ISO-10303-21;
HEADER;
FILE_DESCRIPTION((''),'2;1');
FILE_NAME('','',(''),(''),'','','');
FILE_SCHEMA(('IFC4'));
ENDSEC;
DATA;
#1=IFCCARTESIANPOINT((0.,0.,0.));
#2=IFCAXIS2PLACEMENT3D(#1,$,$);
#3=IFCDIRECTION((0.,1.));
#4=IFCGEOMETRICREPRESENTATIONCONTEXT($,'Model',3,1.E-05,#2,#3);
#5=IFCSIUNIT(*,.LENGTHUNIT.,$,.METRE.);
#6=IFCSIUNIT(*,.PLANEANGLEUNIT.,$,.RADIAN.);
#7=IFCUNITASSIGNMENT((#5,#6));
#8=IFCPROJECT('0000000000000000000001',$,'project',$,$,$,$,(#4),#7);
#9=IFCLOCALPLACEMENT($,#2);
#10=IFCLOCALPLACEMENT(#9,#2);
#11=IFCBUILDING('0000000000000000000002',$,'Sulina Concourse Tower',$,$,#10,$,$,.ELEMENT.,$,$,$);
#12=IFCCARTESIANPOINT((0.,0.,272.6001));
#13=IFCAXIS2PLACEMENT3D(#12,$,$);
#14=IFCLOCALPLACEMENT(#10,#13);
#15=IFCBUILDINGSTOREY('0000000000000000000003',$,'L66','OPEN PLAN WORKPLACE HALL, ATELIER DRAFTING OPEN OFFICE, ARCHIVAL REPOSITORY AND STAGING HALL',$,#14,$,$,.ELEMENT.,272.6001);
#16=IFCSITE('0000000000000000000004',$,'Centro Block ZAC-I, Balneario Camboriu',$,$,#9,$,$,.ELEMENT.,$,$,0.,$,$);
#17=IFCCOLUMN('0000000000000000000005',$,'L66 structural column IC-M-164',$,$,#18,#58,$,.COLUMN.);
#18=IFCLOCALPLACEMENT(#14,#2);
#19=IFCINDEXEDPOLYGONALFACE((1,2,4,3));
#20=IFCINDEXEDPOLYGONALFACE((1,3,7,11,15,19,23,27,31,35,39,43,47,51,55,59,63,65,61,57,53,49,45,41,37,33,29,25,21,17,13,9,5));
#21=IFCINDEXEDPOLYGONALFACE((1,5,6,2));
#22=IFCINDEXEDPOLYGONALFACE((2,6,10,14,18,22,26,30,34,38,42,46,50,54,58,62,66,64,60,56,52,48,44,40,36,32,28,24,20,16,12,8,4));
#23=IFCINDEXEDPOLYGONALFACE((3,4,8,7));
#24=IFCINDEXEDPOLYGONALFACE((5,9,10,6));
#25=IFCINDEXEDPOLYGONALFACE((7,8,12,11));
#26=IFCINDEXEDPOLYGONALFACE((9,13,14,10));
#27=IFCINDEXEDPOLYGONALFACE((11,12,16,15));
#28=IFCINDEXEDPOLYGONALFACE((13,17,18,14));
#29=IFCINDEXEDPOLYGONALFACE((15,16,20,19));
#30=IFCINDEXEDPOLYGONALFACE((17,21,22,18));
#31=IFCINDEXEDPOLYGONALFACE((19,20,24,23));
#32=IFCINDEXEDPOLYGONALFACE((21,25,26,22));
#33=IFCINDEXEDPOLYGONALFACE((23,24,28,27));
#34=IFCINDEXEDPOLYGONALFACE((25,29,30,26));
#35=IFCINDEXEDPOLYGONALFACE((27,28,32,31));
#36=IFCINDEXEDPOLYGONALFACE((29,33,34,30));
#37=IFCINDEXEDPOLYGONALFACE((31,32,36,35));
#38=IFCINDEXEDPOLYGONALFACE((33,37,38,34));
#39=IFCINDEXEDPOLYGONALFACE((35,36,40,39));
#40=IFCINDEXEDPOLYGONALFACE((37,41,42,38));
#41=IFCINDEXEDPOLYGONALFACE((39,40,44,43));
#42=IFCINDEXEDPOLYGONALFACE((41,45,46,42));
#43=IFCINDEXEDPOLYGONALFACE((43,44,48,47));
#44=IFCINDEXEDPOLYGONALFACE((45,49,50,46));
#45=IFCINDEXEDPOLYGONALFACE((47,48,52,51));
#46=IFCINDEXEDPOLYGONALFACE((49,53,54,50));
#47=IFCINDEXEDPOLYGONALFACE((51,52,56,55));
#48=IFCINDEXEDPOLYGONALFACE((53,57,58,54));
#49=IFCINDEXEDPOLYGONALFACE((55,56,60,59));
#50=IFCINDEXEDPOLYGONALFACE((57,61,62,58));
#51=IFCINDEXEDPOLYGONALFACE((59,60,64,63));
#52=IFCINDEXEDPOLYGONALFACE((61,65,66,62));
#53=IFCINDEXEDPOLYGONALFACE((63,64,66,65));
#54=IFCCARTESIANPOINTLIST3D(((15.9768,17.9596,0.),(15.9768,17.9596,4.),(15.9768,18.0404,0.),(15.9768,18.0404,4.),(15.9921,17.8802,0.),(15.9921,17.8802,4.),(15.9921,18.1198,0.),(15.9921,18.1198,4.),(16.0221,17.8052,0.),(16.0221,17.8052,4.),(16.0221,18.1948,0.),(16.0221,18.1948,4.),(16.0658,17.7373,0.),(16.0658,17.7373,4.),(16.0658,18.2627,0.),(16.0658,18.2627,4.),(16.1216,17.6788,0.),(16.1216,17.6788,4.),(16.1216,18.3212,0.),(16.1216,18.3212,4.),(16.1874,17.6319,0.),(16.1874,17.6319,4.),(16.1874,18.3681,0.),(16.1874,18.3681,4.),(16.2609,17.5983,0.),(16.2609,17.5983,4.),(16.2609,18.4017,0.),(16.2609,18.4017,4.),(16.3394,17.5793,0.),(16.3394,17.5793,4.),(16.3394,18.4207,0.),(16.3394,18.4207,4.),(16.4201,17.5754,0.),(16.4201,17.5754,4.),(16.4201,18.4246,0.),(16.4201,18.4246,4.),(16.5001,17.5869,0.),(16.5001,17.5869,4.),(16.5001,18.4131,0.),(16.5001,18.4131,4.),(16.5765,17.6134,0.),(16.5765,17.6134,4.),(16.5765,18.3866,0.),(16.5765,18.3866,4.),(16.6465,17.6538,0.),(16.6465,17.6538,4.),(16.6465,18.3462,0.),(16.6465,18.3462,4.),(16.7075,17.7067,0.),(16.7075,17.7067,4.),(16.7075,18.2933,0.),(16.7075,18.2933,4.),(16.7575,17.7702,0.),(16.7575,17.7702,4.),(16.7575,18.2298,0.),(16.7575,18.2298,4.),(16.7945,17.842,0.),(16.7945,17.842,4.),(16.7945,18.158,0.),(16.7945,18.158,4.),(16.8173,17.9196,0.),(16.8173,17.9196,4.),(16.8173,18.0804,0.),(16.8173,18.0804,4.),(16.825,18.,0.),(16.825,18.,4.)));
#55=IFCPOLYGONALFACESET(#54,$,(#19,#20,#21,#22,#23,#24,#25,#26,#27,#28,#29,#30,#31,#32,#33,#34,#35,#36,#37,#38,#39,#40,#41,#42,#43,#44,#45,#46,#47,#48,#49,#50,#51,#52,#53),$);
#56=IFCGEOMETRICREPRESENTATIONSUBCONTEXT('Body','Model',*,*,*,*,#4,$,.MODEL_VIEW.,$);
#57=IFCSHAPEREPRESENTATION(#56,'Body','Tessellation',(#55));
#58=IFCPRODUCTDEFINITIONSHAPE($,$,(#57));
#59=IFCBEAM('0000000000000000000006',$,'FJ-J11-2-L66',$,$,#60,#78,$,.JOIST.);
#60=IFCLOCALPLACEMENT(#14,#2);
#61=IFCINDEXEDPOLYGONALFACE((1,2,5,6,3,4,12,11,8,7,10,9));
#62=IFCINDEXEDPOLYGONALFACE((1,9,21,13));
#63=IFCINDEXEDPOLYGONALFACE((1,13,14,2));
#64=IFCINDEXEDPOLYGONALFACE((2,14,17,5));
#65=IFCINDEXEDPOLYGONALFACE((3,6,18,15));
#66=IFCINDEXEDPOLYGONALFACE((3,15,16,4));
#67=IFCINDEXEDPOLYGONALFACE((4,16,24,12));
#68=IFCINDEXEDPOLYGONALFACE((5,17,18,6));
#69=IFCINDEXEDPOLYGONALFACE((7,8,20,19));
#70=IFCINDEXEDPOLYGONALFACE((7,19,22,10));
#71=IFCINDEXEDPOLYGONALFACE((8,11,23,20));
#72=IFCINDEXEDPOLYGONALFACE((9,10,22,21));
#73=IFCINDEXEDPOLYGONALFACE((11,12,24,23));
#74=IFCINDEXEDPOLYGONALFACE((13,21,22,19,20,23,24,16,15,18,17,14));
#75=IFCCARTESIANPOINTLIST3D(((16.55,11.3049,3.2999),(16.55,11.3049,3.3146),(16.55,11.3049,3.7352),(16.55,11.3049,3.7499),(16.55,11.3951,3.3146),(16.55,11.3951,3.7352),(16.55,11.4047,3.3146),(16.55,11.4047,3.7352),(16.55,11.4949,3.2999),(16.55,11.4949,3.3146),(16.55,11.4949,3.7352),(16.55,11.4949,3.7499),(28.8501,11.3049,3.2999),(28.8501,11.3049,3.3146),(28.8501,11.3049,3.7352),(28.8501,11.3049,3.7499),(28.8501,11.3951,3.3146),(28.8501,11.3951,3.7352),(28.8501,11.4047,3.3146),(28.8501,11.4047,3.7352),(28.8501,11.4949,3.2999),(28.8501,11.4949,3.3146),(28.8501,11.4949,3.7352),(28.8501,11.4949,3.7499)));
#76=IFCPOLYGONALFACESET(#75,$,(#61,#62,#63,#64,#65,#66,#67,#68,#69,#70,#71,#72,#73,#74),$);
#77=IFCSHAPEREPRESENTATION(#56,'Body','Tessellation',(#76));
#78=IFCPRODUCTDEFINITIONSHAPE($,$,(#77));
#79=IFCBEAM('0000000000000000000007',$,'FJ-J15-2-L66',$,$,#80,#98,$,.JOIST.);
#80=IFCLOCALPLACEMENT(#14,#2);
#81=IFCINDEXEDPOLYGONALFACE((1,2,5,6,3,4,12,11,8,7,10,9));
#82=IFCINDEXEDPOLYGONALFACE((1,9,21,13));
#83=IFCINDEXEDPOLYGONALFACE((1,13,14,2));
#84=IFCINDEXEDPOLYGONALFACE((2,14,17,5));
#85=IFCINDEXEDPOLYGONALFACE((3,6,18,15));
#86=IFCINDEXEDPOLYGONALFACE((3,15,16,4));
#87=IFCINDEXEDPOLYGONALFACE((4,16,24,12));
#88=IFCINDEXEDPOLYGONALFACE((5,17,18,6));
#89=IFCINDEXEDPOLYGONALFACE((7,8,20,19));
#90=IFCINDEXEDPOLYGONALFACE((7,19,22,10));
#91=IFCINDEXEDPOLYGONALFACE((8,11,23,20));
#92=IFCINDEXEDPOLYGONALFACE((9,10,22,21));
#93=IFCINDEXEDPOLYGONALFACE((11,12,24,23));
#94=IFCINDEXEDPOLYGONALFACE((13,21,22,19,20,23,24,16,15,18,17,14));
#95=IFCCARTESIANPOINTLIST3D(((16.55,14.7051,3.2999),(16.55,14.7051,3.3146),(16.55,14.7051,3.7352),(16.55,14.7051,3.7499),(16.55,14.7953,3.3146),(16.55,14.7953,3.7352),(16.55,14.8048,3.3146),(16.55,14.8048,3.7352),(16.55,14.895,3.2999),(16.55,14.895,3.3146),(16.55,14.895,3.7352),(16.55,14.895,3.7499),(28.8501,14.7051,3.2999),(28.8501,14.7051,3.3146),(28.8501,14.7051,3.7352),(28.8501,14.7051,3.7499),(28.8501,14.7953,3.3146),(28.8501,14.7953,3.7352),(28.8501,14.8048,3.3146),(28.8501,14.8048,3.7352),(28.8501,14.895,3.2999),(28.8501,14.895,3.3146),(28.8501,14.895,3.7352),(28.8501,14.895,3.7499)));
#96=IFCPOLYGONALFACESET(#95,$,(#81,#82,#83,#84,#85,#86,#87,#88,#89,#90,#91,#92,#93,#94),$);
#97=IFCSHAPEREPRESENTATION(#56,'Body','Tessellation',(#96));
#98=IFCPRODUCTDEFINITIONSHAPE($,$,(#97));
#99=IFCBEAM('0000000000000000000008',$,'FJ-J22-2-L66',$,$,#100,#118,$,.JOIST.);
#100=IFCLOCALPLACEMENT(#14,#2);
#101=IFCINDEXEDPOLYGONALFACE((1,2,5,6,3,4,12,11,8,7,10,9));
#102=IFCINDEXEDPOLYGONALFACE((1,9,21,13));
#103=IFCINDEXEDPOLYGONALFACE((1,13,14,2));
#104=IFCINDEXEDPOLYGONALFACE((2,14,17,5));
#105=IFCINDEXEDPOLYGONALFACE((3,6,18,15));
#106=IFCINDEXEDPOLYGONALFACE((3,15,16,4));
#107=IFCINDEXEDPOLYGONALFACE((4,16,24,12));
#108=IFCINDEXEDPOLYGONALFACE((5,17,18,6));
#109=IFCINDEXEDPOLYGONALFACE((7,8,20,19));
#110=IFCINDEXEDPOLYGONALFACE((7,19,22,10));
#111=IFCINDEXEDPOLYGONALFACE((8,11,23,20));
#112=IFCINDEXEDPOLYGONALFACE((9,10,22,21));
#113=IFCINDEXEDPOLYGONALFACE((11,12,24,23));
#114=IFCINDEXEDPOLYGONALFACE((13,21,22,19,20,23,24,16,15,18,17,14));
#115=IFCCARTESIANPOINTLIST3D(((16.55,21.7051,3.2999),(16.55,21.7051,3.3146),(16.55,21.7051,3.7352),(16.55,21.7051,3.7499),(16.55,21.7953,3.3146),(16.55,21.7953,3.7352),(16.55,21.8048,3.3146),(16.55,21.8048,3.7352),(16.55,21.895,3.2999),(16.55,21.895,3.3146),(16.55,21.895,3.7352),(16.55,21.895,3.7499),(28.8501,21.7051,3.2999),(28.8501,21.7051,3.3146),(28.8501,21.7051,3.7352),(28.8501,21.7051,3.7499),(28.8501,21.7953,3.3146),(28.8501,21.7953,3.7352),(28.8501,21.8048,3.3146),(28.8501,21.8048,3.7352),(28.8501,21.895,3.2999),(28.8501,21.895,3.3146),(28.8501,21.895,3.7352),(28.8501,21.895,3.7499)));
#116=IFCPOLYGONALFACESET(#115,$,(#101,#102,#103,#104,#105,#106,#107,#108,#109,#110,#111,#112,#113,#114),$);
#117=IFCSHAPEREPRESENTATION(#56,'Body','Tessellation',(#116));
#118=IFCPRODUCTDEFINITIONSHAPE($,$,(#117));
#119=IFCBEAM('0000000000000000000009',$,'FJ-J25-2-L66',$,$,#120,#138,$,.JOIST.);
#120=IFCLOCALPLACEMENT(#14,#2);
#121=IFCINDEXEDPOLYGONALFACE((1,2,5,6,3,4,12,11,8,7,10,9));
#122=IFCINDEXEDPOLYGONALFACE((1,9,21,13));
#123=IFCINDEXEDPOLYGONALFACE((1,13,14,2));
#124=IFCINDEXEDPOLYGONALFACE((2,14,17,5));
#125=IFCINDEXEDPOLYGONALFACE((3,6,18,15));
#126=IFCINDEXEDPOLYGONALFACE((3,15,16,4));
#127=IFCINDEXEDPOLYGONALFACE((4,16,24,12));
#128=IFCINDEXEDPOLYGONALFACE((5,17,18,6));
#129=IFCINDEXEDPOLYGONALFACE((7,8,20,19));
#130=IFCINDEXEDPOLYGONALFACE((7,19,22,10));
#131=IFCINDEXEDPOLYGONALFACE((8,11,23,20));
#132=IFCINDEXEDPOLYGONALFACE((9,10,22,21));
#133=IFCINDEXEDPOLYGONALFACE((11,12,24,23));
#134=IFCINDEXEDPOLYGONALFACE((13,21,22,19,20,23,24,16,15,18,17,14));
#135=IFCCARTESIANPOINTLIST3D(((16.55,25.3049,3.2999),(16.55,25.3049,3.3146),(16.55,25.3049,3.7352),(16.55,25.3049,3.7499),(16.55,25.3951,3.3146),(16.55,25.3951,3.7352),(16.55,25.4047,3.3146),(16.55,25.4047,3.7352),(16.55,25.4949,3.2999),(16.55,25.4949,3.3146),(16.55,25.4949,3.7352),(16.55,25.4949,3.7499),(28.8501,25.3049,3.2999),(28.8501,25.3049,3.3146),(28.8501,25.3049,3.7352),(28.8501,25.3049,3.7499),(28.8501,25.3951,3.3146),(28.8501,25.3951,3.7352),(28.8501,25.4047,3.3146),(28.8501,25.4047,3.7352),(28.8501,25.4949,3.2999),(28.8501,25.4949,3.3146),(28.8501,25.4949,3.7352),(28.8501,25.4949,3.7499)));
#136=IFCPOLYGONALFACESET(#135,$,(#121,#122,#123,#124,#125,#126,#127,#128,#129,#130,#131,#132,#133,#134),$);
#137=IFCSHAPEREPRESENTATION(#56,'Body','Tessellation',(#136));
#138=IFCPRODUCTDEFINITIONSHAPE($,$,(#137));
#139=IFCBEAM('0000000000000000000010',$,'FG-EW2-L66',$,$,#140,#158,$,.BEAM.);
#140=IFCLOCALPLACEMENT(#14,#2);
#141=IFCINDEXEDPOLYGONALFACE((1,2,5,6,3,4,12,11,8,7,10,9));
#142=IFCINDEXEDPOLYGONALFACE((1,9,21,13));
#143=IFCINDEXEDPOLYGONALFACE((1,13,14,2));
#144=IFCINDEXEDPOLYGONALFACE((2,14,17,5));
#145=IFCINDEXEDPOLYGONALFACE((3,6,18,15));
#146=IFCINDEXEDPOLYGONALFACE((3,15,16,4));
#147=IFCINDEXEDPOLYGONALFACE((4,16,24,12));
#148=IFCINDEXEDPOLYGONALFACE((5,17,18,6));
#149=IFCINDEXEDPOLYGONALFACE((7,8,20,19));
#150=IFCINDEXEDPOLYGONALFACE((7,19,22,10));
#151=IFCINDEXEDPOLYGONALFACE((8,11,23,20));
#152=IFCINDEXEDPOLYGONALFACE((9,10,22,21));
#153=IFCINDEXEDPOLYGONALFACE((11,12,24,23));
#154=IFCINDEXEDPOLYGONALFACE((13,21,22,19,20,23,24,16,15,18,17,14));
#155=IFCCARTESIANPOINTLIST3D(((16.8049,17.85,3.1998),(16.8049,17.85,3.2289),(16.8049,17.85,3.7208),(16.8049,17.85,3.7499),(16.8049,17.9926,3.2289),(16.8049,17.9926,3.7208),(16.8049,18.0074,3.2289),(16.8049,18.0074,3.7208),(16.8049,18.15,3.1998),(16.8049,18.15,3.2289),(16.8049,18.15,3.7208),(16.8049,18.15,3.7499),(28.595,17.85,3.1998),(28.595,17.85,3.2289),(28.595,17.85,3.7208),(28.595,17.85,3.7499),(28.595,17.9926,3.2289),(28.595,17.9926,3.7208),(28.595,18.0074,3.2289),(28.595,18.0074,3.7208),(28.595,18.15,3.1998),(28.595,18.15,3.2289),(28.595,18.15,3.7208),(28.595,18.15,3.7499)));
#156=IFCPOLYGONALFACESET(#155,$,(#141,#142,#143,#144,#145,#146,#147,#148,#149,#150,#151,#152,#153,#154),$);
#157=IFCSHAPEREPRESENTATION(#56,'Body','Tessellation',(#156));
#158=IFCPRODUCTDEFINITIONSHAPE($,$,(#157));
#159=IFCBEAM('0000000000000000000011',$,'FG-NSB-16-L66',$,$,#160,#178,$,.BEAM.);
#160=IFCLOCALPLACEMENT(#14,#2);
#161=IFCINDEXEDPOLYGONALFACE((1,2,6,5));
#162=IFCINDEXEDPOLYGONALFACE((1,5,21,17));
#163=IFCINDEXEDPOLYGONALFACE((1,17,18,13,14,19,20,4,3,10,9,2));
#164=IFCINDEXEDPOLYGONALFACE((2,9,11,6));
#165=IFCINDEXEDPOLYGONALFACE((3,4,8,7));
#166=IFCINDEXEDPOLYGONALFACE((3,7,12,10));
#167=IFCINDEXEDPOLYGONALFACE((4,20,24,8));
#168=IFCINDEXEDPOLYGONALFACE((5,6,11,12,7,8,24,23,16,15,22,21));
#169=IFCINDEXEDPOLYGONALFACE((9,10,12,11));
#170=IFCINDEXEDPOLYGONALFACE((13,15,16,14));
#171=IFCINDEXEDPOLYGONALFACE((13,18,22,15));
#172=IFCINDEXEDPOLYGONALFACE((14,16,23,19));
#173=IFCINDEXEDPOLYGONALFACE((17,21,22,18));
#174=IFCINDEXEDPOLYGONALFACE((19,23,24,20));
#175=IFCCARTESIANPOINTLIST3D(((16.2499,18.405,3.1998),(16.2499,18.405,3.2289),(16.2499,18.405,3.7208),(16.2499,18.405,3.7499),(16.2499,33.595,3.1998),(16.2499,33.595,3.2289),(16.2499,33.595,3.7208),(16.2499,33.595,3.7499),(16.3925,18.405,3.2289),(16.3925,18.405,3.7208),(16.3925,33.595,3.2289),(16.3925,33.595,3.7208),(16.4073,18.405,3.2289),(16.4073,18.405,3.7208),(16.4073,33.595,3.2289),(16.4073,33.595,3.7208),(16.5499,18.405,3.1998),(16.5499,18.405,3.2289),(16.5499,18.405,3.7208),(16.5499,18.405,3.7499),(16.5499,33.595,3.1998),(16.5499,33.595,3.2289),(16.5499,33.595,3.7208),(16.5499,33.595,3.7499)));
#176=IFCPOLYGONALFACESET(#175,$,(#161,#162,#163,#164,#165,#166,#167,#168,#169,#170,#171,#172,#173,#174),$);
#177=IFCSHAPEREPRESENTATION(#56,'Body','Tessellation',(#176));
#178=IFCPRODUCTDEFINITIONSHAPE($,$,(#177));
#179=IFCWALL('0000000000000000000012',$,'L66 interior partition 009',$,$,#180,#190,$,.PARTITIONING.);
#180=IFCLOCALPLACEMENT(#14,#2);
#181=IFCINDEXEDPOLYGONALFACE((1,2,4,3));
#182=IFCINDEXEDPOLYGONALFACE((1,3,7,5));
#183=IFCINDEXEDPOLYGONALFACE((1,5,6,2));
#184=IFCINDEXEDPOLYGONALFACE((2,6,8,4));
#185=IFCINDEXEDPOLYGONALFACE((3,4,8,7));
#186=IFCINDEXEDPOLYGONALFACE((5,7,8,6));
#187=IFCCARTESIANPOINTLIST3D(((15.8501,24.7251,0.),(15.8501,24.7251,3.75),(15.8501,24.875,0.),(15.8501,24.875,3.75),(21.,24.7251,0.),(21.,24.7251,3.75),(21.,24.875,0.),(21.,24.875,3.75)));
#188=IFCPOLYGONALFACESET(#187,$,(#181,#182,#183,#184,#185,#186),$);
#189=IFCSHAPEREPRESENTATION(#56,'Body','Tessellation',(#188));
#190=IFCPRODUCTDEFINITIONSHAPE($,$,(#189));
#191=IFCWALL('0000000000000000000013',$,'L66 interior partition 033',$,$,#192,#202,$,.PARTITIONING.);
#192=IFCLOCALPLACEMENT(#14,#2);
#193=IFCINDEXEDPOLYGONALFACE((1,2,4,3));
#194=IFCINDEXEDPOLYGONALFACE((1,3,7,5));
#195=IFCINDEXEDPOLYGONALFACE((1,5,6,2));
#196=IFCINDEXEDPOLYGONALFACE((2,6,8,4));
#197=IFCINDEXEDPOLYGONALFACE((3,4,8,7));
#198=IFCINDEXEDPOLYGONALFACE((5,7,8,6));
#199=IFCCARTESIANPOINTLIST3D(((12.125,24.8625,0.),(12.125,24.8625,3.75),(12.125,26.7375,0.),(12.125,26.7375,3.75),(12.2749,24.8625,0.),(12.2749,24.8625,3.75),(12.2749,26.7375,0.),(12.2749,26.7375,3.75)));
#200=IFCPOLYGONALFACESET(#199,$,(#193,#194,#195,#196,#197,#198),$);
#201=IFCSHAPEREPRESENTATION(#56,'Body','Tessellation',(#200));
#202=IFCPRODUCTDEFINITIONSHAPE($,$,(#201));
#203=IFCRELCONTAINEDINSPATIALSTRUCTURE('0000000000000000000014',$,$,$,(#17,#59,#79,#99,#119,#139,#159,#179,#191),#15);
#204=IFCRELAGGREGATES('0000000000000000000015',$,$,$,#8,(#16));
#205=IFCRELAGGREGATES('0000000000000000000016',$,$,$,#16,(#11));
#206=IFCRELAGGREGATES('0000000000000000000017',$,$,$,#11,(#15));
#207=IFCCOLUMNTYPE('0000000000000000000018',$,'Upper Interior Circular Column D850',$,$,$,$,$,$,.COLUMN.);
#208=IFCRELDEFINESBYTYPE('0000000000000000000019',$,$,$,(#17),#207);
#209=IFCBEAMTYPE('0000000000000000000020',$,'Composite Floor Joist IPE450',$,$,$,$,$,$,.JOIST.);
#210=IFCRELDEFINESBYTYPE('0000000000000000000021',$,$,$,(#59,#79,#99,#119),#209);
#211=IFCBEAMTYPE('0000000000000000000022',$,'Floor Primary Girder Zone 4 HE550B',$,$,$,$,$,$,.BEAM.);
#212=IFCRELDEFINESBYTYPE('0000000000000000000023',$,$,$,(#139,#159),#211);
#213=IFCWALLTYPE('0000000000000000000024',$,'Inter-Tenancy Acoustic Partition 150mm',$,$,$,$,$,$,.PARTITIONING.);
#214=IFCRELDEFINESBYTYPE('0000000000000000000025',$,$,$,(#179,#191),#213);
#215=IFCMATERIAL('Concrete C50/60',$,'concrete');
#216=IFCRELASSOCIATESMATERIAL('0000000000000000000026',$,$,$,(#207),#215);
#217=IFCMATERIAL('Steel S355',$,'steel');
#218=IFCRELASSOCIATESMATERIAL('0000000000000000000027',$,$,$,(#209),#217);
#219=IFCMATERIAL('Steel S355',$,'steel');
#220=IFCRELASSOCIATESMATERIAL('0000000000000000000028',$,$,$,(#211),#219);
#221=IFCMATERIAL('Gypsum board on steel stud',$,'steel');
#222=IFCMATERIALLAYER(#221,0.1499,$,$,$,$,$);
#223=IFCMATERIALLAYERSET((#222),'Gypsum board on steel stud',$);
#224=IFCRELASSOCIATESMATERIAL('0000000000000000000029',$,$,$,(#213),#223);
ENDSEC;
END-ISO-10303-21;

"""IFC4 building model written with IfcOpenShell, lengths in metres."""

from ifc_helpers import new_model, si_unit, direction, frame, frame_2d, origin, origin_2d, place, context, subcontext, project, spatial, rectangle, circle, i_section, extrude, material, layer, layer_set, material_profile, profile_set, type_object, element, save


model = new_model("IFC4")

# Units and contexts
model_context = context("Model", 3, precision=1e-05, world=origin(), true_north=direction((0.0, 1.0)))
body_context = subcontext(model_context, "Body", "Model", "MODEL_VIEW")
ifc_project = project(units=[si_unit("LENGTHUNIT", "METRE"), si_unit("PLANEANGLEUNIT", "RADIAN")], contexts=[model_context])

# Site, building, storey
site_placement = place(None, origin())
site = spatial("IfcSite", under=ifc_project, at=site_placement, Name="Centro Block ZAC-I, Balneario Camboriu", CompositionType="ELEMENT", RefElevation=0.0)
building_placement = place(site_placement, origin())
building = spatial("IfcBuilding", under=site, at=building_placement, Name="Sulina Concourse Tower", CompositionType="ELEMENT")
storey_placement = place(building_placement, frame((0.0, 0.0, 272.6001)))
storey = spatial("IfcBuildingStorey", under=building, at=storey_placement, Name="L66", Description="OPEN PLAN WORKPLACE HALL, ATELIER DRAFTING OPEN OFFICE, ARCHIVAL REPOSITORY AND STAGING HALL", CompositionType="ELEMENT", Elevation=272.6001)

# Column
ifc_material_1 = material(Name="Concrete C50/60", Category="concrete")
ifc_material_profile_1 = material_profile(ifc_material_1, circle(Radius=0.425, at=origin_2d()), Name="RC D850")
ifc_profile_set_1 = profile_set([ifc_material_profile_1], Name="Concrete C50/60")
column_type = type_object("IfcColumnType", Name="Upper Interior Circular Column D850", PredefinedType="COLUMN", material=ifc_profile_set_1)
column_placement = place(storey_placement, frame((16.3999, 18.0, 0.0), z_axis=(0.0, 0.0, 1.0), x_axis=(1.0, 0.0, 0.0)))
element("IfcColumn", 1, at=column_placement, inside=storey, type_object=column_type, Name="L66 structural column IC-M-164", PredefinedType="COLUMN", context=body_context, shape_type="SweptSolid", body=[
    extrude(circle(Radius=0.425, at=origin_2d()), origin(), (0.0, 0.0, 1.0), 4.0),
])

# Beams
ifc_material_2 = material(Name="Steel S355", Category="steel")
ifc_material_profile_2 = material_profile(ifc_material_2, i_section(OverallWidth=0.1899, OverallDepth=0.45, WebThickness=0.0095, FlangeThickness=0.0146, at=origin_2d()), Name="IPE 450")
ifc_profile_set_2 = profile_set([ifc_material_profile_2], Name="Steel S355")
beam_type_1 = type_object("IfcBeamType", Name="Composite Floor Joist IPE450", PredefinedType="JOIST", material=ifc_profile_set_2)
for number, where, z_axis, x_axis, name in (
    (2, (16.55, 11.3999, 3.5249), (1.0, 0.0, 0.0), (0.0, 1.0, 0.0), "FJ-J11-2-L66"),
    (3, (16.55, 14.8, 3.5249), (1.0, 0.0, 0.0), (0.0, 1.0, 0.0), "FJ-J15-2-L66"),
    (4, (16.55, 21.8, 3.5249), (1.0, 0.0, 0.0), (0.0, 1.0, 0.0), "FJ-J22-2-L66"),
    (5, (16.55, 25.3999, 3.5249), (1.0, 0.0, 0.0), (0.0, 1.0, 0.0), "FJ-J25-2-L66"),
):
    element("IfcBeam", number, at=place(storey_placement, frame(where, z_axis=z_axis, x_axis=x_axis)), inside=storey, type_object=beam_type_1, Name=name, PredefinedType="JOIST", context=body_context, shape_type="SweptSolid", body=[
        extrude(i_section(OverallWidth=0.1899, OverallDepth=0.45, WebThickness=0.0095, FlangeThickness=0.0146, at=origin_2d()), origin(), (0.0, 0.0, 1.0), 12.3),
    ])
ifc_material_3 = material(Name="Steel S355", Category="steel")
ifc_material_profile_3 = material_profile(ifc_material_3, i_section(OverallWidth=0.3, OverallDepth=0.55, WebThickness=0.0149, FlangeThickness=0.0291, at=origin_2d()), Name="HE 550 B")
ifc_profile_set_3 = profile_set([ifc_material_profile_3], Name="Steel S355")
beam_type_2 = type_object("IfcBeamType", Name="Floor Primary Girder Zone 4 HE550B", PredefinedType="BEAM", material=ifc_profile_set_3)
beam_1_placement = place(storey_placement, frame((16.8049, 18.0, 3.4749), z_axis=(1.0, 0.0, 0.0), x_axis=(0.0, 1.0, 0.0)))
element("IfcBeam", 6, at=beam_1_placement, inside=storey, type_object=beam_type_2, Name="FG-EW2-L66", PredefinedType="BEAM", context=body_context, shape_type="SweptSolid", body=[
    extrude(i_section(OverallWidth=0.3, OverallDepth=0.55, WebThickness=0.0149, FlangeThickness=0.0291, at=origin_2d()), origin(), (0.0, 0.0, 1.0), 11.79),
])
beam_2_placement = place(storey_placement, frame((16.3999, 18.405, 3.4749), z_axis=(0.0, 1.0, 0.0), x_axis=(-1.0, 0.0, 0.0)))
element("IfcBeam", 7, at=beam_2_placement, inside=storey, type_object=beam_type_2, Name="FG-NSB-16-L66", PredefinedType="BEAM", context=body_context, shape_type="SweptSolid", body=[
    extrude(i_section(OverallWidth=0.3, OverallDepth=0.55, WebThickness=0.0149, FlangeThickness=0.0291, at=origin_2d()), origin(), (0.0, 0.0, 1.0), 15.1899),
])

# Walls
ifc_material_4 = material(Name="Gypsum board on steel stud", Category="steel")
ifc_layer_1 = layer(ifc_material_4, 0.1499)
ifc_layer_set_1 = layer_set([ifc_layer_1], Name="Gypsum board on steel stud")
wall_type_1 = type_object("IfcWallType", Name="Inter-Tenancy Acoustic Partition 150mm", PredefinedType="PARTITIONING", material=ifc_layer_set_1)
wall_1_placement = place(storey_placement, frame((15.8501, 24.8, 0.0), z_axis=(0.0, 0.0, 1.0), x_axis=(1.0, 0.0, 0.0)))
element("IfcWall", 8, at=wall_1_placement, inside=storey, type_object=wall_type_1, Name="L66 interior partition 009", PredefinedType="PARTITIONING", context=body_context, shape_type="SweptSolid", body=[
    extrude(rectangle(XDim=5.1499, YDim=0.1499, at=frame_2d((2.575, 0.0))), origin(), (0.0, 0.0, 1.0), 3.75),
])
wall_2_placement = place(storey_placement, frame((12.2, 24.8625, 0.0), z_axis=(0.0, 0.0, 1.0), x_axis=(0.0, 1.0, 0.0)))
element("IfcWall", 9, at=wall_2_placement, inside=storey, type_object=wall_type_1, Name="L66 interior partition 033", PredefinedType="PARTITIONING", context=body_context, shape_type="SweptSolid", body=[
    extrude(rectangle(XDim=1.875, YDim=0.1499, at=frame_2d((0.9375, 0.0))), origin(), (0.0, 0.0, 1.0), 3.75),
])

save(model, "model.ifc")
